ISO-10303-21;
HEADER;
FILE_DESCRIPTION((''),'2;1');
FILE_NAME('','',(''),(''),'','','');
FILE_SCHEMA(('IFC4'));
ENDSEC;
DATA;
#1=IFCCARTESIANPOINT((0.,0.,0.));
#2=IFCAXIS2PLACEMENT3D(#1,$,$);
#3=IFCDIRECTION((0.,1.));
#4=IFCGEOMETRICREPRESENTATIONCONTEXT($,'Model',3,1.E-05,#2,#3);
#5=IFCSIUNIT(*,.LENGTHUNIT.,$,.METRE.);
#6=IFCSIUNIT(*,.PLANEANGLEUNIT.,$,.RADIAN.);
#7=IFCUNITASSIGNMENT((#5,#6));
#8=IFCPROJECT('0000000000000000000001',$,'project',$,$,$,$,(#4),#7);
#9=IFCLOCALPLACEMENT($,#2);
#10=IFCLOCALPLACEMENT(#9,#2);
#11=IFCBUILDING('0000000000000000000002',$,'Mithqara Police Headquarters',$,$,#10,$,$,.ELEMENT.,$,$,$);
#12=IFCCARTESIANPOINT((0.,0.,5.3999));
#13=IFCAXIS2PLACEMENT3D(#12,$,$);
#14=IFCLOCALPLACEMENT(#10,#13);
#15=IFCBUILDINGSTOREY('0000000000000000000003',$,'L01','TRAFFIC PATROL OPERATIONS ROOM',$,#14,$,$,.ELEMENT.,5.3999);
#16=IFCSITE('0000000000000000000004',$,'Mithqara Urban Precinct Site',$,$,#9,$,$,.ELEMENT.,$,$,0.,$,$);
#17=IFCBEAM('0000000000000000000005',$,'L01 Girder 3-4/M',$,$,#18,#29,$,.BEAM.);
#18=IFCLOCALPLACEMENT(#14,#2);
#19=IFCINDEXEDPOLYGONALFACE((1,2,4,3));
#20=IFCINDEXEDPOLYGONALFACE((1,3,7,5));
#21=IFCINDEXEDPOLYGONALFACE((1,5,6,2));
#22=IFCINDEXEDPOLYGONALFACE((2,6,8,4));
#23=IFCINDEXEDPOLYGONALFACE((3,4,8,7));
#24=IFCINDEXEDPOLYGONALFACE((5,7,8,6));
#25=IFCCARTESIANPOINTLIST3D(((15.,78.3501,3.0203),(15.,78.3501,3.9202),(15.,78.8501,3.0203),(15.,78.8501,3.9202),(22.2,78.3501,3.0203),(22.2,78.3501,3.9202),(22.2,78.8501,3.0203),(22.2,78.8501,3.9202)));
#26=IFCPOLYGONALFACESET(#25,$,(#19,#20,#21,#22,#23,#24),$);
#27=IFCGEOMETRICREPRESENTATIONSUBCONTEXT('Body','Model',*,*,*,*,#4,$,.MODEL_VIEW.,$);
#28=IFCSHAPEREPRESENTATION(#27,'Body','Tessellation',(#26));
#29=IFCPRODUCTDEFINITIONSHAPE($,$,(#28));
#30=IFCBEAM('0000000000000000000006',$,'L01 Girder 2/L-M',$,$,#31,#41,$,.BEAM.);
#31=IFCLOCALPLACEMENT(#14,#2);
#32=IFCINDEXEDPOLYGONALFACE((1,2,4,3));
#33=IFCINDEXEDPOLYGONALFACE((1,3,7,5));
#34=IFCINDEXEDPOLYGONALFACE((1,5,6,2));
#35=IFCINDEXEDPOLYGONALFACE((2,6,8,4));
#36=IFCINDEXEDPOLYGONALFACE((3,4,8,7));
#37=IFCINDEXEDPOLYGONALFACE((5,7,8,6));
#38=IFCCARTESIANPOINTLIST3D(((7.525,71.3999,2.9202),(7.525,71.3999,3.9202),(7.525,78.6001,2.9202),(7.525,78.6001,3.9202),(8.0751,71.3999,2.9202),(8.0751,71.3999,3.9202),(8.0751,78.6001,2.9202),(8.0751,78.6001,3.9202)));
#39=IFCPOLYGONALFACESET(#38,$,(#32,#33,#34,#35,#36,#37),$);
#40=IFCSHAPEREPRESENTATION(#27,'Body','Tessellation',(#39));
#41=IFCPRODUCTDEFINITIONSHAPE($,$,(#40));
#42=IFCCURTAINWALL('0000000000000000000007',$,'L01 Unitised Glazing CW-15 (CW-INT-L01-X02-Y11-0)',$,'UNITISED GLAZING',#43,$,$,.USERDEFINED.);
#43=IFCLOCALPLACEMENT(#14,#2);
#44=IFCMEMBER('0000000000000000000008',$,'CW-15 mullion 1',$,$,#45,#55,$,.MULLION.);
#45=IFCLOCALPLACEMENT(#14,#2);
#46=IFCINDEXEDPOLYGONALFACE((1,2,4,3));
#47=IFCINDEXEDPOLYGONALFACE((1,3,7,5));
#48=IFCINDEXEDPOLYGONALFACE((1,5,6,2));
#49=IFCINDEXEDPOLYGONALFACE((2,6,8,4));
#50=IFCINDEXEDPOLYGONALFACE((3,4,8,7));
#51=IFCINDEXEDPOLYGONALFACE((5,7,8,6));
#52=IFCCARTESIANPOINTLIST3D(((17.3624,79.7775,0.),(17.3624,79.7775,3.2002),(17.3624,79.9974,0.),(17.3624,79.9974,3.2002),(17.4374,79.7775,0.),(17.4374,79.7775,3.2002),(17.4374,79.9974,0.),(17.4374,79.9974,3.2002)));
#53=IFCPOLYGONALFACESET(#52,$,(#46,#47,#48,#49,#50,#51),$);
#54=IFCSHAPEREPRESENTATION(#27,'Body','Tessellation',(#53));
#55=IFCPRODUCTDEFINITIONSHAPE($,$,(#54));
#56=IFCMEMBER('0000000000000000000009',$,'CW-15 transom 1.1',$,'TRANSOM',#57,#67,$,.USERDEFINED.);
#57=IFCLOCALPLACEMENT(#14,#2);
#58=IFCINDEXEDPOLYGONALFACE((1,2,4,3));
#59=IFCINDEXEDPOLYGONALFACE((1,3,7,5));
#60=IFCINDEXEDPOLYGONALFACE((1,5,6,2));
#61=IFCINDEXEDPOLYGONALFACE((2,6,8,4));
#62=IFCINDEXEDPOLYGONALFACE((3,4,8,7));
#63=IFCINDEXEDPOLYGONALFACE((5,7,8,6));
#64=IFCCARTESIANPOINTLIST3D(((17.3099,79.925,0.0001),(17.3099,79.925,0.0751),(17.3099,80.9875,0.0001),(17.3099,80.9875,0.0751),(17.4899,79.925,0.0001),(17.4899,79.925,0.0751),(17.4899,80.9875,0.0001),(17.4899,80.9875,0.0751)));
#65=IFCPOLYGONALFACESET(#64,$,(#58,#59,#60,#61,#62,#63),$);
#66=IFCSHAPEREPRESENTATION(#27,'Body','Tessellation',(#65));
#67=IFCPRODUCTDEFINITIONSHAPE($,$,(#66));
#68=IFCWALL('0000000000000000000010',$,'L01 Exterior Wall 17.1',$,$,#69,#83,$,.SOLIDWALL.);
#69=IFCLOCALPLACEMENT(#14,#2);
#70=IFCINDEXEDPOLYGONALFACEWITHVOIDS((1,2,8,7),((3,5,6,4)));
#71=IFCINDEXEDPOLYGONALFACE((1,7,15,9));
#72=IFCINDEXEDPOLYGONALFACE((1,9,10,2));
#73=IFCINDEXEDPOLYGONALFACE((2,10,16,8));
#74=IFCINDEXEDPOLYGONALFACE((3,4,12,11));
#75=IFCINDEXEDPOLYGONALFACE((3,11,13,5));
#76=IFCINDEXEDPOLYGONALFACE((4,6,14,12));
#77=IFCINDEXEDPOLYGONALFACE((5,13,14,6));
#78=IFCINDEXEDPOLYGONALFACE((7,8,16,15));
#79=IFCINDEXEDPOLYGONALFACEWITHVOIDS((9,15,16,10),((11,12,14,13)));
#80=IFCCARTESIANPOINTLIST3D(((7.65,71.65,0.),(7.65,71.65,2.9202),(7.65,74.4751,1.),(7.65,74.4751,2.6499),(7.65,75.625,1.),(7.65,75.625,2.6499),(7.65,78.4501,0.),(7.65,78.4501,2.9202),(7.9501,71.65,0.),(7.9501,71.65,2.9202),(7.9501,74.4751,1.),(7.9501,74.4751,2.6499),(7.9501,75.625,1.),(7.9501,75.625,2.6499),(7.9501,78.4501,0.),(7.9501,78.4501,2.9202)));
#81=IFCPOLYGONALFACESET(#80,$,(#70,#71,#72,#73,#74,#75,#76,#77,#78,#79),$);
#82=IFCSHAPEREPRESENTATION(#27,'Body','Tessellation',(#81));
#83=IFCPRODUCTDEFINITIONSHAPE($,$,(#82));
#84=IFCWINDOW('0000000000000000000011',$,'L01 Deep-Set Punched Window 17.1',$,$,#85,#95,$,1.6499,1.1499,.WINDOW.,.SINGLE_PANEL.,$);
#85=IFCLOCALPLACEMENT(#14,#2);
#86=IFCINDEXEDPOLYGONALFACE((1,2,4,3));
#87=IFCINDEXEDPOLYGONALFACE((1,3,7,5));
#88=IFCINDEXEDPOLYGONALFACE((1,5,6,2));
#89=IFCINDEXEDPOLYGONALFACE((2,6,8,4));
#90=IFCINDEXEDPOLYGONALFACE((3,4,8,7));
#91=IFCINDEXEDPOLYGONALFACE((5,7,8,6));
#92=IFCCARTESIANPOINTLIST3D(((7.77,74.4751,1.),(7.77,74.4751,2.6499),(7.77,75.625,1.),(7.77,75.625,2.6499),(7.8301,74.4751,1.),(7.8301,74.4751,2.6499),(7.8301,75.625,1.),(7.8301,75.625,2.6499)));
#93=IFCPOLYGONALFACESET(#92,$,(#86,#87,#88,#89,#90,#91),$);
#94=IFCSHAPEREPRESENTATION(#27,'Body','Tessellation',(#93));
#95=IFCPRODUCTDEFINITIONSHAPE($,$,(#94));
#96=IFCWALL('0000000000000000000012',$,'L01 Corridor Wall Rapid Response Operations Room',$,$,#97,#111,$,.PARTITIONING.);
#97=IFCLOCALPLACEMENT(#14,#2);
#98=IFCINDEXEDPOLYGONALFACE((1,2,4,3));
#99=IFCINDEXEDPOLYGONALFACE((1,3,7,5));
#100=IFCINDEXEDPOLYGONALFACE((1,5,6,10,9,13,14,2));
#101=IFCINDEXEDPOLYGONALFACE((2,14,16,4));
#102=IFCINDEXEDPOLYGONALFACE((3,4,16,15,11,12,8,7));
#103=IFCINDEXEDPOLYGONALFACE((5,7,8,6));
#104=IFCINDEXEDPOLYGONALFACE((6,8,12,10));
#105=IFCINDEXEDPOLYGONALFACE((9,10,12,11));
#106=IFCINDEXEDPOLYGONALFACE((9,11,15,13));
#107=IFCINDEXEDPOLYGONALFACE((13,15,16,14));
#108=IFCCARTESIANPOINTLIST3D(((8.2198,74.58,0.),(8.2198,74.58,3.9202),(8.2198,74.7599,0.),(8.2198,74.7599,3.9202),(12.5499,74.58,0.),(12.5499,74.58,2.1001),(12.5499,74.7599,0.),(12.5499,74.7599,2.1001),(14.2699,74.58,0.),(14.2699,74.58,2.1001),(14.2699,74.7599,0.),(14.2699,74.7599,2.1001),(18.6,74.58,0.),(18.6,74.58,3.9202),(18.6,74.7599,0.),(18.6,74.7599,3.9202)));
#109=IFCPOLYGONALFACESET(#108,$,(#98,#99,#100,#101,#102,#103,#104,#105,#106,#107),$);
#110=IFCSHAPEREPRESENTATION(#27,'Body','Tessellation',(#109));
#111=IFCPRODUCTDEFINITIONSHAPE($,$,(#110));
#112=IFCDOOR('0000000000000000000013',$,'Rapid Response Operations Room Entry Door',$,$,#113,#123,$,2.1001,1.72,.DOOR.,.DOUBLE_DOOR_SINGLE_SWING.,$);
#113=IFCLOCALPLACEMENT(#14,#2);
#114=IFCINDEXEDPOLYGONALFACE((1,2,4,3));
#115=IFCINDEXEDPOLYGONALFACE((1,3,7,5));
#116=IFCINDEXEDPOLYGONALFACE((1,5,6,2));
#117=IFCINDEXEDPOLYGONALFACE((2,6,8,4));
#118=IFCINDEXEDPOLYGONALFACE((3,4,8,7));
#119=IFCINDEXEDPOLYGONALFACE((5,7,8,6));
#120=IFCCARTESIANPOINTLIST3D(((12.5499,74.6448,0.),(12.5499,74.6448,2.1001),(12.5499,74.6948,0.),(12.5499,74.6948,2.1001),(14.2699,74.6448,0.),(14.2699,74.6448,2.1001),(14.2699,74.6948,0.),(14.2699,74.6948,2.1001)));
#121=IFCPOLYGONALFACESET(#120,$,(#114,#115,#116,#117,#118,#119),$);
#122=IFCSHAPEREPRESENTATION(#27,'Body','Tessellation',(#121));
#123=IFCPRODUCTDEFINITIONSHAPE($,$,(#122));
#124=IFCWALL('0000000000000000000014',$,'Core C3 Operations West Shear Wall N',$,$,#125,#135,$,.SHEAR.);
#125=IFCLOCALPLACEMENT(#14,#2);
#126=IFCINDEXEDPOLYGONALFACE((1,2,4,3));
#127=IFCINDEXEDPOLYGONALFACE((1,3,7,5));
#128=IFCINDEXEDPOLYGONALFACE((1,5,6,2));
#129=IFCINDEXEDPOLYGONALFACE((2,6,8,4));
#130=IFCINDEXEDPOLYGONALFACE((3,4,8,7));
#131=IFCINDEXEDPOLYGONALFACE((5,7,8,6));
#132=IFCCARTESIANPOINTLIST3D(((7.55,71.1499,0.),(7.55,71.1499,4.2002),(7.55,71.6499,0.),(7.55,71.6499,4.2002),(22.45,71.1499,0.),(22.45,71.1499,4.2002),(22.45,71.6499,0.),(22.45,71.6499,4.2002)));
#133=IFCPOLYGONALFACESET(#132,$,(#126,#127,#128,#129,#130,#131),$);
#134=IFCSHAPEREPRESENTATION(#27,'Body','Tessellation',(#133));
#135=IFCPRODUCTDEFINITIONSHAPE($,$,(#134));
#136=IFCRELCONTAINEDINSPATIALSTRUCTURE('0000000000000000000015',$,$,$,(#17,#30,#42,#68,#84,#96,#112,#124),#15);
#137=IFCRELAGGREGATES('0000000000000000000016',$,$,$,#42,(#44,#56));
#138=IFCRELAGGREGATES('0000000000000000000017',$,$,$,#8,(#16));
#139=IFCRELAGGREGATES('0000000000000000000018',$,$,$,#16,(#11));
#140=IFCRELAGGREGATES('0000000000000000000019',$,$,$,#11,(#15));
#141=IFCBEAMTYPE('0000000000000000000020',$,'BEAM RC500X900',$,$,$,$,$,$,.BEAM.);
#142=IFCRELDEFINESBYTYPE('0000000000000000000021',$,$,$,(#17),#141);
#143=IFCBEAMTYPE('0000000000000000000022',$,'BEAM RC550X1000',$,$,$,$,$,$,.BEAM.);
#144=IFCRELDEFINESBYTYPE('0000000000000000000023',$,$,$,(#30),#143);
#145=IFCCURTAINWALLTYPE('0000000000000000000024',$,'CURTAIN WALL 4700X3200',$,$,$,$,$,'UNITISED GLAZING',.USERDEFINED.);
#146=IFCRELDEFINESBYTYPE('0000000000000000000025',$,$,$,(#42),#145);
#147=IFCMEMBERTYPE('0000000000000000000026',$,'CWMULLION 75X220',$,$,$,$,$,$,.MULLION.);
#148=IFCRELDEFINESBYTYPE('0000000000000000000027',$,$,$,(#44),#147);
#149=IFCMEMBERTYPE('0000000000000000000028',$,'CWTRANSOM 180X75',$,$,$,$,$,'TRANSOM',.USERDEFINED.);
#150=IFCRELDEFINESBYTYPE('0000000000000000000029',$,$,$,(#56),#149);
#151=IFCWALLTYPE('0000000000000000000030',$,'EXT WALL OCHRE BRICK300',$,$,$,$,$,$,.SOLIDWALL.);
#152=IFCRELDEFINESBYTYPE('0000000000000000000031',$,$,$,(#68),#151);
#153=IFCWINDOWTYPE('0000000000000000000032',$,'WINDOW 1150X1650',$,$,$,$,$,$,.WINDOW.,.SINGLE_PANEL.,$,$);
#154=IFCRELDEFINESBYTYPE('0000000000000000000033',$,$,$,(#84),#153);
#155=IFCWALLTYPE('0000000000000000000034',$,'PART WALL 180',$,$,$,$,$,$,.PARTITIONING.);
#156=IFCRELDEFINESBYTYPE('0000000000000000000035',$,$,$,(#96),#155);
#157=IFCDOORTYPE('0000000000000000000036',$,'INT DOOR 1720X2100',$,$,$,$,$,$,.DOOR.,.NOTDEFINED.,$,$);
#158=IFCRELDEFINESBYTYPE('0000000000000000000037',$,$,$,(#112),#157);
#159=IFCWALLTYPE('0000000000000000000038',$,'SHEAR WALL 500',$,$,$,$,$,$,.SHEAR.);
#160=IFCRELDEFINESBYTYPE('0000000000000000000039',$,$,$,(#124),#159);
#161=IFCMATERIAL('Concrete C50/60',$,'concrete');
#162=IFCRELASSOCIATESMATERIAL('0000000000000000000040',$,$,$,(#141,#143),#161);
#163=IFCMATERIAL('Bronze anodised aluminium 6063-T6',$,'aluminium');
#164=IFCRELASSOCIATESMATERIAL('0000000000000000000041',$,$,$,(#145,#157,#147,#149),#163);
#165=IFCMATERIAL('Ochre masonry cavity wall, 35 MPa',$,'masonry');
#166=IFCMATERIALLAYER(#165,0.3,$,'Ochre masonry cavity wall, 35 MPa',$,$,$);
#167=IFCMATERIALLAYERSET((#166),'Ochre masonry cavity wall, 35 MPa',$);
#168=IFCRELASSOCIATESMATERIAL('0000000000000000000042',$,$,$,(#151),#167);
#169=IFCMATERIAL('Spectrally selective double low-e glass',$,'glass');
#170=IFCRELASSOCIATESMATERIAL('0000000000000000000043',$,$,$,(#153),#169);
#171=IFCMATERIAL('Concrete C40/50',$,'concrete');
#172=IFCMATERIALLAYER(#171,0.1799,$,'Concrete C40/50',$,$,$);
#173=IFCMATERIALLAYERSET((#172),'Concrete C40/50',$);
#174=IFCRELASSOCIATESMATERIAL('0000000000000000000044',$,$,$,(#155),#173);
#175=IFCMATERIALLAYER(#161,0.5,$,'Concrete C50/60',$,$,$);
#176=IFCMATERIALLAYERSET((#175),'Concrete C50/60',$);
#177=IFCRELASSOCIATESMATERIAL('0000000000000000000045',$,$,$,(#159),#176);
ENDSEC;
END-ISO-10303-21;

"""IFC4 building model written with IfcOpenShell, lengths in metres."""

from ifc_helpers import new_model, si_unit, direction, frame, frame_2d, origin, origin_2d, place, context, subcontext, project, spatial, rectangle, extrude, material, layer, layer_set, material_profile, profile_set, type_object, element, fill, aggregate, save


model = new_model("IFC4")

# Units and contexts
model_context = context("Model", 3, precision=1e-05, world=origin(), true_north=direction((0.0, 1.0)))
body_context = subcontext(model_context, "Body", "Model", "MODEL_VIEW")
ifc_project = project(units=[si_unit("LENGTHUNIT", "METRE"), si_unit("PLANEANGLEUNIT", "RADIAN")], contexts=[model_context])

# Site, building, storey
site_placement = place(None, origin())
site = spatial("IfcSite", under=ifc_project, at=site_placement, Name="Mithqara Urban Precinct Site", CompositionType="ELEMENT", RefElevation=0.0)
building_placement = place(site_placement, origin())
building = spatial("IfcBuilding", under=site, at=building_placement, Name="Mithqara Police Headquarters", CompositionType="ELEMENT")
storey_placement = place(building_placement, frame((0.0, 0.0, 5.3999)))
storey = spatial("IfcBuildingStorey", under=building, at=storey_placement, Name="L01", Description="TRAFFIC PATROL OPERATIONS ROOM", CompositionType="ELEMENT", Elevation=5.3999)

# Shared definitions
ifc_material_1 = material(Name="Concrete C50/60", Category="concrete")

# Beams
ifc_material_2 = material(Name="Concrete C40/50", Category="concrete")
ifc_material_profile_1 = material_profile(ifc_material_1, rectangle(XDim=0.5, YDim=0.8999, at=origin_2d()), Name="RC 500x900")
ifc_profile_set_1 = profile_set([ifc_material_profile_1], Name="Concrete C50/60")
beam_type_1 = type_object("IfcBeamType", Name="BEAM RC500X900", PredefinedType="BEAM", material=ifc_profile_set_1)
beam_1_placement = place(storey_placement, frame((15.0, 78.6001, 3.4702), z_axis=(1.0, 0.0, 0.0), x_axis=(0.0, 1.0, 0.0)))
element("IfcBeam", 1, at=beam_1_placement, inside=storey, type_object=beam_type_1, Name="L01 Girder 3-4/M", PredefinedType="BEAM", context=body_context, shape_type="SweptSolid", body=[
    extrude(rectangle(XDim=0.5, YDim=0.8999, at=origin_2d()), origin(), (0.0, 0.0, 1.0), 7.2),
])
ifc_material_profile_2 = material_profile(ifc_material_1, rectangle(XDim=0.55, YDim=1.0, at=origin_2d()), Name="RC 550x1000")
ifc_profile_set_2 = profile_set([ifc_material_profile_2], Name="Concrete C50/60")
beam_type_2 = type_object("IfcBeamType", Name="BEAM RC550X1000", PredefinedType="BEAM", material=ifc_profile_set_2)
beam_2_placement = place(storey_placement, frame((7.8, 71.3999, 3.4202), z_axis=(0.0, 1.0, 0.0), x_axis=(-1.0, 0.0, 0.0)))
element("IfcBeam", 2, at=beam_2_placement, inside=storey, type_object=beam_type_2, Name="L01 Girder 2/L-M", PredefinedType="BEAM", context=body_context, shape_type="SweptSolid", body=[
    extrude(rectangle(XDim=0.55, YDim=1.0, at=origin_2d()), origin(), (0.0, 0.0, 1.0), 7.2002),
])

# Curtain wall, members
ifc_material_3 = material(Name="Bronze anodised aluminium 6063-T6", Category="aluminium")
curtain_wall_type = type_object("IfcCurtainWallType", Name="CURTAIN WALL 4700X3200", ElementType="UNITISED GLAZING", PredefinedType="USERDEFINED", material=ifc_material_3)
curtain_wall_placement = place(storey_placement, origin())
curtain_wall = element("IfcCurtainWall", 3, at=curtain_wall_placement, inside=storey, type_object=curtain_wall_type, Name="L01 Unitised Glazing CW-15 (CW-INT-L01-X02-Y11-0)", ObjectType="UNITISED GLAZING", PredefinedType="USERDEFINED")
ifc_material_profile_3 = material_profile(ifc_material_3, rectangle(XDim=0.075, YDim=0.22, at=origin_2d()), Name="CWM 75x220")
ifc_profile_set_3 = profile_set([ifc_material_profile_3], Name="Bronze anodised aluminium 6063-T6")
member_type_1 = type_object("IfcMemberType", Name="CWMULLION 75X220", PredefinedType="MULLION", material=ifc_profile_set_3)
member_1_placement = place(storey_placement, frame((17.3999, 79.8875, 0.0), z_axis=(0.0, 0.0, 1.0), x_axis=(-1.0, 0.0, 0.0)))
member_1 = element("IfcMember", 4, at=member_1_placement, type_object=member_type_1, Name="CW-15 mullion 1", PredefinedType="MULLION", context=body_context, shape_type="SweptSolid", body=[
    extrude(rectangle(XDim=0.075, YDim=0.22, at=origin_2d()), origin(), (0.0, 0.0, 1.0), 3.2002),
])
ifc_material_profile_4 = material_profile(ifc_material_3, rectangle(XDim=0.1799, YDim=0.075, at=origin_2d()), Name="CWT 180x75")
ifc_profile_set_4 = profile_set([ifc_material_profile_4], Name="Bronze anodised aluminium 6063-T6")
member_type_2 = type_object("IfcMemberType", Name="CWTRANSOM 180X75", ElementType="TRANSOM", PredefinedType="USERDEFINED", material=ifc_profile_set_4)
member_2_placement = place(storey_placement, frame((17.3999, 79.925, 0.0376), z_axis=(0.0, 1.0, 0.0), x_axis=(-1.0, 0.0, 0.0)))
member_2 = element("IfcMember", 5, at=member_2_placement, type_object=member_type_2, Name="CW-15 transom 1.1", ObjectType="TRANSOM", PredefinedType="USERDEFINED", context=body_context, shape_type="SweptSolid", body=[
    extrude(rectangle(XDim=0.1799, YDim=0.075, at=origin_2d()), origin(), (0.0, 0.0, 1.0), 1.0625),
])
aggregate(curtain_wall, [member_1, member_2])

# Wall, opening, window
ifc_material_4 = material(Name="Ochre masonry cavity wall, 35 MPa", Category="masonry")
ifc_layer_1 = layer(ifc_material_4, 0.3, Name="Ochre masonry cavity wall, 35 MPa")
ifc_layer_set_1 = layer_set([ifc_layer_1], Name="Ochre masonry cavity wall, 35 MPa")
wall_type_1 = type_object("IfcWallType", Name="EXT WALL OCHRE BRICK300", PredefinedType="SOLIDWALL", material=ifc_layer_set_1)
wall_1_placement = place(storey_placement, frame((7.8, 78.45, 0.0), z_axis=(0.0, 0.0, 1.0), x_axis=(0.0, -1.0, 0.0)))
wall_1 = element("IfcWall", 6, at=wall_1_placement, inside=storey, type_object=wall_type_1, Name="L01 Exterior Wall 17.1", PredefinedType="SOLIDWALL", context=body_context, shape_type="SweptSolid", body=[
    extrude(rectangle(XDim=6.8, YDim=0.3, at=frame_2d((3.3999, 0.0))), origin(), (0.0, 0.0, 1.0), 2.9202),
])
opening_1_placement = place(wall_1_placement, frame((2.825, 0.0, 1.0)))
opening_1 = element("IfcOpeningElement", 7, at=opening_1_placement, cuts=wall_1, PredefinedType="OPENING", context=body_context, shape_type="SweptSolid", body=[
    extrude(rectangle(XDim=1.1499, YDim=1.6499, at=frame_2d((0.575, 0.825))), frame((0.0, 0.1602, 0.0), z_axis=(0.0, -1.0, 0.0), x_axis=(1.0, 0.0, 0.0)), (0.0, 0.0, 1.0), 0.3201),
])
ifc_material_5 = material(Name="Spectrally selective double low-e glass", Category="glass")
window_type = type_object("IfcWindowType", Name="WINDOW 1150X1650", PartitioningType="SINGLE_PANEL", PredefinedType="WINDOW", material=ifc_material_5)
window_placement = place(opening_1_placement, origin())
window = element("IfcWindow", 8, at=window_placement, inside=storey, type_object=window_type, Name="L01 Deep-Set Punched Window 17.1", OverallHeight=1.6499, OverallWidth=1.1499, PartitioningType="SINGLE_PANEL", PredefinedType="WINDOW", context=body_context, shape_type="SweptSolid", body=[
    extrude(rectangle(XDim=1.1499, YDim=1.6499, at=frame_2d((0.575, 0.825))), frame((0.0, 0.03, 0.0), z_axis=(0.0, -1.0, 0.0), x_axis=(1.0, 0.0, 0.0)), (0.0, 0.0, 1.0), 0.0601),
])
fill(opening_1, window)

# Wall, opening, door
ifc_layer_2 = layer(ifc_material_2, 0.1799, Name="Concrete C40/50")
ifc_layer_set_2 = layer_set([ifc_layer_2], Name="Concrete C40/50")
wall_type_2 = type_object("IfcWallType", Name="PART WALL 180", PredefinedType="PARTITIONING", material=ifc_layer_set_2)
wall_2_placement = place(storey_placement, frame((8.22, 74.6699, 0.0), z_axis=(0.0, 0.0, 1.0), x_axis=(1.0, 0.0, 0.0)))
wall_2 = element("IfcWall", 9, at=wall_2_placement, inside=storey, type_object=wall_type_2, Name="L01 Corridor Wall Rapid Response Operations Room", PredefinedType="PARTITIONING", context=body_context, shape_type="SweptSolid", body=[
    extrude(rectangle(XDim=10.3801, YDim=0.1799, at=frame_2d((5.1899, 0.0))), origin(), (0.0, 0.0, 1.0), 3.9202),
])
opening_2_placement = place(wall_2_placement, frame((4.3301, 0.0, 0.0)))
opening_2 = element("IfcOpeningElement", 10, at=opening_2_placement, cuts=wall_2, PredefinedType="OPENING", context=body_context, shape_type="SweptSolid", body=[
    extrude(rectangle(XDim=1.72, YDim=2.1001, at=frame_2d((0.8599, 1.05))), frame((0.0, 0.1001, 0.0), z_axis=(0.0, -1.0, 0.0), x_axis=(1.0, 0.0, 0.0)), (0.0, 0.0, 1.0), 0.2),
])
door_type = type_object("IfcDoorType", Name="INT DOOR 1720X2100", OperationType="NOTDEFINED", PredefinedType="DOOR", material=ifc_material_3)
door_placement = place(opening_2_placement, origin())
door = element("IfcDoor", 11, at=door_placement, inside=storey, type_object=door_type, Name="Rapid Response Operations Room Entry Door", OperationType="DOUBLE_DOOR_SINGLE_SWING", OverallHeight=2.1001, OverallWidth=1.72, PredefinedType="DOOR", context=body_context, shape_type="SweptSolid", body=[
    extrude(rectangle(XDim=1.72, YDim=2.1001, at=frame_2d((0.8599, 1.05))), frame((0.0, 0.0249, 0.0), z_axis=(0.0, -1.0, 0.0), x_axis=(1.0, 0.0, 0.0)), (0.0, 0.0, 1.0), 0.05),
])
fill(opening_2, door)

# Wall
ifc_layer_3 = layer(ifc_material_1, 0.5, Name="Concrete C50/60")
ifc_layer_set_3 = layer_set([ifc_layer_3], Name="Concrete C50/60")
wall_type_3 = type_object("IfcWallType", Name="SHEAR WALL 500", PredefinedType="SHEAR", material=ifc_layer_set_3)
wall_3_placement = place(storey_placement, frame((7.55, 71.3999, 0.0), z_axis=(0.0, 0.0, 1.0), x_axis=(1.0, 0.0, 0.0)))
element("IfcWall", 12, at=wall_3_placement, inside=storey, type_object=wall_type_3, Name="Core C3 Operations West Shear Wall N", PredefinedType="SHEAR", context=body_context, shape_type="SweptSolid", body=[
    extrude(rectangle(XDim=14.8999, YDim=0.5, at=frame_2d((7.45, 0.0))), origin(), (0.0, 0.0, 1.0), 4.2002),
])

save(model, "model.ifc")
